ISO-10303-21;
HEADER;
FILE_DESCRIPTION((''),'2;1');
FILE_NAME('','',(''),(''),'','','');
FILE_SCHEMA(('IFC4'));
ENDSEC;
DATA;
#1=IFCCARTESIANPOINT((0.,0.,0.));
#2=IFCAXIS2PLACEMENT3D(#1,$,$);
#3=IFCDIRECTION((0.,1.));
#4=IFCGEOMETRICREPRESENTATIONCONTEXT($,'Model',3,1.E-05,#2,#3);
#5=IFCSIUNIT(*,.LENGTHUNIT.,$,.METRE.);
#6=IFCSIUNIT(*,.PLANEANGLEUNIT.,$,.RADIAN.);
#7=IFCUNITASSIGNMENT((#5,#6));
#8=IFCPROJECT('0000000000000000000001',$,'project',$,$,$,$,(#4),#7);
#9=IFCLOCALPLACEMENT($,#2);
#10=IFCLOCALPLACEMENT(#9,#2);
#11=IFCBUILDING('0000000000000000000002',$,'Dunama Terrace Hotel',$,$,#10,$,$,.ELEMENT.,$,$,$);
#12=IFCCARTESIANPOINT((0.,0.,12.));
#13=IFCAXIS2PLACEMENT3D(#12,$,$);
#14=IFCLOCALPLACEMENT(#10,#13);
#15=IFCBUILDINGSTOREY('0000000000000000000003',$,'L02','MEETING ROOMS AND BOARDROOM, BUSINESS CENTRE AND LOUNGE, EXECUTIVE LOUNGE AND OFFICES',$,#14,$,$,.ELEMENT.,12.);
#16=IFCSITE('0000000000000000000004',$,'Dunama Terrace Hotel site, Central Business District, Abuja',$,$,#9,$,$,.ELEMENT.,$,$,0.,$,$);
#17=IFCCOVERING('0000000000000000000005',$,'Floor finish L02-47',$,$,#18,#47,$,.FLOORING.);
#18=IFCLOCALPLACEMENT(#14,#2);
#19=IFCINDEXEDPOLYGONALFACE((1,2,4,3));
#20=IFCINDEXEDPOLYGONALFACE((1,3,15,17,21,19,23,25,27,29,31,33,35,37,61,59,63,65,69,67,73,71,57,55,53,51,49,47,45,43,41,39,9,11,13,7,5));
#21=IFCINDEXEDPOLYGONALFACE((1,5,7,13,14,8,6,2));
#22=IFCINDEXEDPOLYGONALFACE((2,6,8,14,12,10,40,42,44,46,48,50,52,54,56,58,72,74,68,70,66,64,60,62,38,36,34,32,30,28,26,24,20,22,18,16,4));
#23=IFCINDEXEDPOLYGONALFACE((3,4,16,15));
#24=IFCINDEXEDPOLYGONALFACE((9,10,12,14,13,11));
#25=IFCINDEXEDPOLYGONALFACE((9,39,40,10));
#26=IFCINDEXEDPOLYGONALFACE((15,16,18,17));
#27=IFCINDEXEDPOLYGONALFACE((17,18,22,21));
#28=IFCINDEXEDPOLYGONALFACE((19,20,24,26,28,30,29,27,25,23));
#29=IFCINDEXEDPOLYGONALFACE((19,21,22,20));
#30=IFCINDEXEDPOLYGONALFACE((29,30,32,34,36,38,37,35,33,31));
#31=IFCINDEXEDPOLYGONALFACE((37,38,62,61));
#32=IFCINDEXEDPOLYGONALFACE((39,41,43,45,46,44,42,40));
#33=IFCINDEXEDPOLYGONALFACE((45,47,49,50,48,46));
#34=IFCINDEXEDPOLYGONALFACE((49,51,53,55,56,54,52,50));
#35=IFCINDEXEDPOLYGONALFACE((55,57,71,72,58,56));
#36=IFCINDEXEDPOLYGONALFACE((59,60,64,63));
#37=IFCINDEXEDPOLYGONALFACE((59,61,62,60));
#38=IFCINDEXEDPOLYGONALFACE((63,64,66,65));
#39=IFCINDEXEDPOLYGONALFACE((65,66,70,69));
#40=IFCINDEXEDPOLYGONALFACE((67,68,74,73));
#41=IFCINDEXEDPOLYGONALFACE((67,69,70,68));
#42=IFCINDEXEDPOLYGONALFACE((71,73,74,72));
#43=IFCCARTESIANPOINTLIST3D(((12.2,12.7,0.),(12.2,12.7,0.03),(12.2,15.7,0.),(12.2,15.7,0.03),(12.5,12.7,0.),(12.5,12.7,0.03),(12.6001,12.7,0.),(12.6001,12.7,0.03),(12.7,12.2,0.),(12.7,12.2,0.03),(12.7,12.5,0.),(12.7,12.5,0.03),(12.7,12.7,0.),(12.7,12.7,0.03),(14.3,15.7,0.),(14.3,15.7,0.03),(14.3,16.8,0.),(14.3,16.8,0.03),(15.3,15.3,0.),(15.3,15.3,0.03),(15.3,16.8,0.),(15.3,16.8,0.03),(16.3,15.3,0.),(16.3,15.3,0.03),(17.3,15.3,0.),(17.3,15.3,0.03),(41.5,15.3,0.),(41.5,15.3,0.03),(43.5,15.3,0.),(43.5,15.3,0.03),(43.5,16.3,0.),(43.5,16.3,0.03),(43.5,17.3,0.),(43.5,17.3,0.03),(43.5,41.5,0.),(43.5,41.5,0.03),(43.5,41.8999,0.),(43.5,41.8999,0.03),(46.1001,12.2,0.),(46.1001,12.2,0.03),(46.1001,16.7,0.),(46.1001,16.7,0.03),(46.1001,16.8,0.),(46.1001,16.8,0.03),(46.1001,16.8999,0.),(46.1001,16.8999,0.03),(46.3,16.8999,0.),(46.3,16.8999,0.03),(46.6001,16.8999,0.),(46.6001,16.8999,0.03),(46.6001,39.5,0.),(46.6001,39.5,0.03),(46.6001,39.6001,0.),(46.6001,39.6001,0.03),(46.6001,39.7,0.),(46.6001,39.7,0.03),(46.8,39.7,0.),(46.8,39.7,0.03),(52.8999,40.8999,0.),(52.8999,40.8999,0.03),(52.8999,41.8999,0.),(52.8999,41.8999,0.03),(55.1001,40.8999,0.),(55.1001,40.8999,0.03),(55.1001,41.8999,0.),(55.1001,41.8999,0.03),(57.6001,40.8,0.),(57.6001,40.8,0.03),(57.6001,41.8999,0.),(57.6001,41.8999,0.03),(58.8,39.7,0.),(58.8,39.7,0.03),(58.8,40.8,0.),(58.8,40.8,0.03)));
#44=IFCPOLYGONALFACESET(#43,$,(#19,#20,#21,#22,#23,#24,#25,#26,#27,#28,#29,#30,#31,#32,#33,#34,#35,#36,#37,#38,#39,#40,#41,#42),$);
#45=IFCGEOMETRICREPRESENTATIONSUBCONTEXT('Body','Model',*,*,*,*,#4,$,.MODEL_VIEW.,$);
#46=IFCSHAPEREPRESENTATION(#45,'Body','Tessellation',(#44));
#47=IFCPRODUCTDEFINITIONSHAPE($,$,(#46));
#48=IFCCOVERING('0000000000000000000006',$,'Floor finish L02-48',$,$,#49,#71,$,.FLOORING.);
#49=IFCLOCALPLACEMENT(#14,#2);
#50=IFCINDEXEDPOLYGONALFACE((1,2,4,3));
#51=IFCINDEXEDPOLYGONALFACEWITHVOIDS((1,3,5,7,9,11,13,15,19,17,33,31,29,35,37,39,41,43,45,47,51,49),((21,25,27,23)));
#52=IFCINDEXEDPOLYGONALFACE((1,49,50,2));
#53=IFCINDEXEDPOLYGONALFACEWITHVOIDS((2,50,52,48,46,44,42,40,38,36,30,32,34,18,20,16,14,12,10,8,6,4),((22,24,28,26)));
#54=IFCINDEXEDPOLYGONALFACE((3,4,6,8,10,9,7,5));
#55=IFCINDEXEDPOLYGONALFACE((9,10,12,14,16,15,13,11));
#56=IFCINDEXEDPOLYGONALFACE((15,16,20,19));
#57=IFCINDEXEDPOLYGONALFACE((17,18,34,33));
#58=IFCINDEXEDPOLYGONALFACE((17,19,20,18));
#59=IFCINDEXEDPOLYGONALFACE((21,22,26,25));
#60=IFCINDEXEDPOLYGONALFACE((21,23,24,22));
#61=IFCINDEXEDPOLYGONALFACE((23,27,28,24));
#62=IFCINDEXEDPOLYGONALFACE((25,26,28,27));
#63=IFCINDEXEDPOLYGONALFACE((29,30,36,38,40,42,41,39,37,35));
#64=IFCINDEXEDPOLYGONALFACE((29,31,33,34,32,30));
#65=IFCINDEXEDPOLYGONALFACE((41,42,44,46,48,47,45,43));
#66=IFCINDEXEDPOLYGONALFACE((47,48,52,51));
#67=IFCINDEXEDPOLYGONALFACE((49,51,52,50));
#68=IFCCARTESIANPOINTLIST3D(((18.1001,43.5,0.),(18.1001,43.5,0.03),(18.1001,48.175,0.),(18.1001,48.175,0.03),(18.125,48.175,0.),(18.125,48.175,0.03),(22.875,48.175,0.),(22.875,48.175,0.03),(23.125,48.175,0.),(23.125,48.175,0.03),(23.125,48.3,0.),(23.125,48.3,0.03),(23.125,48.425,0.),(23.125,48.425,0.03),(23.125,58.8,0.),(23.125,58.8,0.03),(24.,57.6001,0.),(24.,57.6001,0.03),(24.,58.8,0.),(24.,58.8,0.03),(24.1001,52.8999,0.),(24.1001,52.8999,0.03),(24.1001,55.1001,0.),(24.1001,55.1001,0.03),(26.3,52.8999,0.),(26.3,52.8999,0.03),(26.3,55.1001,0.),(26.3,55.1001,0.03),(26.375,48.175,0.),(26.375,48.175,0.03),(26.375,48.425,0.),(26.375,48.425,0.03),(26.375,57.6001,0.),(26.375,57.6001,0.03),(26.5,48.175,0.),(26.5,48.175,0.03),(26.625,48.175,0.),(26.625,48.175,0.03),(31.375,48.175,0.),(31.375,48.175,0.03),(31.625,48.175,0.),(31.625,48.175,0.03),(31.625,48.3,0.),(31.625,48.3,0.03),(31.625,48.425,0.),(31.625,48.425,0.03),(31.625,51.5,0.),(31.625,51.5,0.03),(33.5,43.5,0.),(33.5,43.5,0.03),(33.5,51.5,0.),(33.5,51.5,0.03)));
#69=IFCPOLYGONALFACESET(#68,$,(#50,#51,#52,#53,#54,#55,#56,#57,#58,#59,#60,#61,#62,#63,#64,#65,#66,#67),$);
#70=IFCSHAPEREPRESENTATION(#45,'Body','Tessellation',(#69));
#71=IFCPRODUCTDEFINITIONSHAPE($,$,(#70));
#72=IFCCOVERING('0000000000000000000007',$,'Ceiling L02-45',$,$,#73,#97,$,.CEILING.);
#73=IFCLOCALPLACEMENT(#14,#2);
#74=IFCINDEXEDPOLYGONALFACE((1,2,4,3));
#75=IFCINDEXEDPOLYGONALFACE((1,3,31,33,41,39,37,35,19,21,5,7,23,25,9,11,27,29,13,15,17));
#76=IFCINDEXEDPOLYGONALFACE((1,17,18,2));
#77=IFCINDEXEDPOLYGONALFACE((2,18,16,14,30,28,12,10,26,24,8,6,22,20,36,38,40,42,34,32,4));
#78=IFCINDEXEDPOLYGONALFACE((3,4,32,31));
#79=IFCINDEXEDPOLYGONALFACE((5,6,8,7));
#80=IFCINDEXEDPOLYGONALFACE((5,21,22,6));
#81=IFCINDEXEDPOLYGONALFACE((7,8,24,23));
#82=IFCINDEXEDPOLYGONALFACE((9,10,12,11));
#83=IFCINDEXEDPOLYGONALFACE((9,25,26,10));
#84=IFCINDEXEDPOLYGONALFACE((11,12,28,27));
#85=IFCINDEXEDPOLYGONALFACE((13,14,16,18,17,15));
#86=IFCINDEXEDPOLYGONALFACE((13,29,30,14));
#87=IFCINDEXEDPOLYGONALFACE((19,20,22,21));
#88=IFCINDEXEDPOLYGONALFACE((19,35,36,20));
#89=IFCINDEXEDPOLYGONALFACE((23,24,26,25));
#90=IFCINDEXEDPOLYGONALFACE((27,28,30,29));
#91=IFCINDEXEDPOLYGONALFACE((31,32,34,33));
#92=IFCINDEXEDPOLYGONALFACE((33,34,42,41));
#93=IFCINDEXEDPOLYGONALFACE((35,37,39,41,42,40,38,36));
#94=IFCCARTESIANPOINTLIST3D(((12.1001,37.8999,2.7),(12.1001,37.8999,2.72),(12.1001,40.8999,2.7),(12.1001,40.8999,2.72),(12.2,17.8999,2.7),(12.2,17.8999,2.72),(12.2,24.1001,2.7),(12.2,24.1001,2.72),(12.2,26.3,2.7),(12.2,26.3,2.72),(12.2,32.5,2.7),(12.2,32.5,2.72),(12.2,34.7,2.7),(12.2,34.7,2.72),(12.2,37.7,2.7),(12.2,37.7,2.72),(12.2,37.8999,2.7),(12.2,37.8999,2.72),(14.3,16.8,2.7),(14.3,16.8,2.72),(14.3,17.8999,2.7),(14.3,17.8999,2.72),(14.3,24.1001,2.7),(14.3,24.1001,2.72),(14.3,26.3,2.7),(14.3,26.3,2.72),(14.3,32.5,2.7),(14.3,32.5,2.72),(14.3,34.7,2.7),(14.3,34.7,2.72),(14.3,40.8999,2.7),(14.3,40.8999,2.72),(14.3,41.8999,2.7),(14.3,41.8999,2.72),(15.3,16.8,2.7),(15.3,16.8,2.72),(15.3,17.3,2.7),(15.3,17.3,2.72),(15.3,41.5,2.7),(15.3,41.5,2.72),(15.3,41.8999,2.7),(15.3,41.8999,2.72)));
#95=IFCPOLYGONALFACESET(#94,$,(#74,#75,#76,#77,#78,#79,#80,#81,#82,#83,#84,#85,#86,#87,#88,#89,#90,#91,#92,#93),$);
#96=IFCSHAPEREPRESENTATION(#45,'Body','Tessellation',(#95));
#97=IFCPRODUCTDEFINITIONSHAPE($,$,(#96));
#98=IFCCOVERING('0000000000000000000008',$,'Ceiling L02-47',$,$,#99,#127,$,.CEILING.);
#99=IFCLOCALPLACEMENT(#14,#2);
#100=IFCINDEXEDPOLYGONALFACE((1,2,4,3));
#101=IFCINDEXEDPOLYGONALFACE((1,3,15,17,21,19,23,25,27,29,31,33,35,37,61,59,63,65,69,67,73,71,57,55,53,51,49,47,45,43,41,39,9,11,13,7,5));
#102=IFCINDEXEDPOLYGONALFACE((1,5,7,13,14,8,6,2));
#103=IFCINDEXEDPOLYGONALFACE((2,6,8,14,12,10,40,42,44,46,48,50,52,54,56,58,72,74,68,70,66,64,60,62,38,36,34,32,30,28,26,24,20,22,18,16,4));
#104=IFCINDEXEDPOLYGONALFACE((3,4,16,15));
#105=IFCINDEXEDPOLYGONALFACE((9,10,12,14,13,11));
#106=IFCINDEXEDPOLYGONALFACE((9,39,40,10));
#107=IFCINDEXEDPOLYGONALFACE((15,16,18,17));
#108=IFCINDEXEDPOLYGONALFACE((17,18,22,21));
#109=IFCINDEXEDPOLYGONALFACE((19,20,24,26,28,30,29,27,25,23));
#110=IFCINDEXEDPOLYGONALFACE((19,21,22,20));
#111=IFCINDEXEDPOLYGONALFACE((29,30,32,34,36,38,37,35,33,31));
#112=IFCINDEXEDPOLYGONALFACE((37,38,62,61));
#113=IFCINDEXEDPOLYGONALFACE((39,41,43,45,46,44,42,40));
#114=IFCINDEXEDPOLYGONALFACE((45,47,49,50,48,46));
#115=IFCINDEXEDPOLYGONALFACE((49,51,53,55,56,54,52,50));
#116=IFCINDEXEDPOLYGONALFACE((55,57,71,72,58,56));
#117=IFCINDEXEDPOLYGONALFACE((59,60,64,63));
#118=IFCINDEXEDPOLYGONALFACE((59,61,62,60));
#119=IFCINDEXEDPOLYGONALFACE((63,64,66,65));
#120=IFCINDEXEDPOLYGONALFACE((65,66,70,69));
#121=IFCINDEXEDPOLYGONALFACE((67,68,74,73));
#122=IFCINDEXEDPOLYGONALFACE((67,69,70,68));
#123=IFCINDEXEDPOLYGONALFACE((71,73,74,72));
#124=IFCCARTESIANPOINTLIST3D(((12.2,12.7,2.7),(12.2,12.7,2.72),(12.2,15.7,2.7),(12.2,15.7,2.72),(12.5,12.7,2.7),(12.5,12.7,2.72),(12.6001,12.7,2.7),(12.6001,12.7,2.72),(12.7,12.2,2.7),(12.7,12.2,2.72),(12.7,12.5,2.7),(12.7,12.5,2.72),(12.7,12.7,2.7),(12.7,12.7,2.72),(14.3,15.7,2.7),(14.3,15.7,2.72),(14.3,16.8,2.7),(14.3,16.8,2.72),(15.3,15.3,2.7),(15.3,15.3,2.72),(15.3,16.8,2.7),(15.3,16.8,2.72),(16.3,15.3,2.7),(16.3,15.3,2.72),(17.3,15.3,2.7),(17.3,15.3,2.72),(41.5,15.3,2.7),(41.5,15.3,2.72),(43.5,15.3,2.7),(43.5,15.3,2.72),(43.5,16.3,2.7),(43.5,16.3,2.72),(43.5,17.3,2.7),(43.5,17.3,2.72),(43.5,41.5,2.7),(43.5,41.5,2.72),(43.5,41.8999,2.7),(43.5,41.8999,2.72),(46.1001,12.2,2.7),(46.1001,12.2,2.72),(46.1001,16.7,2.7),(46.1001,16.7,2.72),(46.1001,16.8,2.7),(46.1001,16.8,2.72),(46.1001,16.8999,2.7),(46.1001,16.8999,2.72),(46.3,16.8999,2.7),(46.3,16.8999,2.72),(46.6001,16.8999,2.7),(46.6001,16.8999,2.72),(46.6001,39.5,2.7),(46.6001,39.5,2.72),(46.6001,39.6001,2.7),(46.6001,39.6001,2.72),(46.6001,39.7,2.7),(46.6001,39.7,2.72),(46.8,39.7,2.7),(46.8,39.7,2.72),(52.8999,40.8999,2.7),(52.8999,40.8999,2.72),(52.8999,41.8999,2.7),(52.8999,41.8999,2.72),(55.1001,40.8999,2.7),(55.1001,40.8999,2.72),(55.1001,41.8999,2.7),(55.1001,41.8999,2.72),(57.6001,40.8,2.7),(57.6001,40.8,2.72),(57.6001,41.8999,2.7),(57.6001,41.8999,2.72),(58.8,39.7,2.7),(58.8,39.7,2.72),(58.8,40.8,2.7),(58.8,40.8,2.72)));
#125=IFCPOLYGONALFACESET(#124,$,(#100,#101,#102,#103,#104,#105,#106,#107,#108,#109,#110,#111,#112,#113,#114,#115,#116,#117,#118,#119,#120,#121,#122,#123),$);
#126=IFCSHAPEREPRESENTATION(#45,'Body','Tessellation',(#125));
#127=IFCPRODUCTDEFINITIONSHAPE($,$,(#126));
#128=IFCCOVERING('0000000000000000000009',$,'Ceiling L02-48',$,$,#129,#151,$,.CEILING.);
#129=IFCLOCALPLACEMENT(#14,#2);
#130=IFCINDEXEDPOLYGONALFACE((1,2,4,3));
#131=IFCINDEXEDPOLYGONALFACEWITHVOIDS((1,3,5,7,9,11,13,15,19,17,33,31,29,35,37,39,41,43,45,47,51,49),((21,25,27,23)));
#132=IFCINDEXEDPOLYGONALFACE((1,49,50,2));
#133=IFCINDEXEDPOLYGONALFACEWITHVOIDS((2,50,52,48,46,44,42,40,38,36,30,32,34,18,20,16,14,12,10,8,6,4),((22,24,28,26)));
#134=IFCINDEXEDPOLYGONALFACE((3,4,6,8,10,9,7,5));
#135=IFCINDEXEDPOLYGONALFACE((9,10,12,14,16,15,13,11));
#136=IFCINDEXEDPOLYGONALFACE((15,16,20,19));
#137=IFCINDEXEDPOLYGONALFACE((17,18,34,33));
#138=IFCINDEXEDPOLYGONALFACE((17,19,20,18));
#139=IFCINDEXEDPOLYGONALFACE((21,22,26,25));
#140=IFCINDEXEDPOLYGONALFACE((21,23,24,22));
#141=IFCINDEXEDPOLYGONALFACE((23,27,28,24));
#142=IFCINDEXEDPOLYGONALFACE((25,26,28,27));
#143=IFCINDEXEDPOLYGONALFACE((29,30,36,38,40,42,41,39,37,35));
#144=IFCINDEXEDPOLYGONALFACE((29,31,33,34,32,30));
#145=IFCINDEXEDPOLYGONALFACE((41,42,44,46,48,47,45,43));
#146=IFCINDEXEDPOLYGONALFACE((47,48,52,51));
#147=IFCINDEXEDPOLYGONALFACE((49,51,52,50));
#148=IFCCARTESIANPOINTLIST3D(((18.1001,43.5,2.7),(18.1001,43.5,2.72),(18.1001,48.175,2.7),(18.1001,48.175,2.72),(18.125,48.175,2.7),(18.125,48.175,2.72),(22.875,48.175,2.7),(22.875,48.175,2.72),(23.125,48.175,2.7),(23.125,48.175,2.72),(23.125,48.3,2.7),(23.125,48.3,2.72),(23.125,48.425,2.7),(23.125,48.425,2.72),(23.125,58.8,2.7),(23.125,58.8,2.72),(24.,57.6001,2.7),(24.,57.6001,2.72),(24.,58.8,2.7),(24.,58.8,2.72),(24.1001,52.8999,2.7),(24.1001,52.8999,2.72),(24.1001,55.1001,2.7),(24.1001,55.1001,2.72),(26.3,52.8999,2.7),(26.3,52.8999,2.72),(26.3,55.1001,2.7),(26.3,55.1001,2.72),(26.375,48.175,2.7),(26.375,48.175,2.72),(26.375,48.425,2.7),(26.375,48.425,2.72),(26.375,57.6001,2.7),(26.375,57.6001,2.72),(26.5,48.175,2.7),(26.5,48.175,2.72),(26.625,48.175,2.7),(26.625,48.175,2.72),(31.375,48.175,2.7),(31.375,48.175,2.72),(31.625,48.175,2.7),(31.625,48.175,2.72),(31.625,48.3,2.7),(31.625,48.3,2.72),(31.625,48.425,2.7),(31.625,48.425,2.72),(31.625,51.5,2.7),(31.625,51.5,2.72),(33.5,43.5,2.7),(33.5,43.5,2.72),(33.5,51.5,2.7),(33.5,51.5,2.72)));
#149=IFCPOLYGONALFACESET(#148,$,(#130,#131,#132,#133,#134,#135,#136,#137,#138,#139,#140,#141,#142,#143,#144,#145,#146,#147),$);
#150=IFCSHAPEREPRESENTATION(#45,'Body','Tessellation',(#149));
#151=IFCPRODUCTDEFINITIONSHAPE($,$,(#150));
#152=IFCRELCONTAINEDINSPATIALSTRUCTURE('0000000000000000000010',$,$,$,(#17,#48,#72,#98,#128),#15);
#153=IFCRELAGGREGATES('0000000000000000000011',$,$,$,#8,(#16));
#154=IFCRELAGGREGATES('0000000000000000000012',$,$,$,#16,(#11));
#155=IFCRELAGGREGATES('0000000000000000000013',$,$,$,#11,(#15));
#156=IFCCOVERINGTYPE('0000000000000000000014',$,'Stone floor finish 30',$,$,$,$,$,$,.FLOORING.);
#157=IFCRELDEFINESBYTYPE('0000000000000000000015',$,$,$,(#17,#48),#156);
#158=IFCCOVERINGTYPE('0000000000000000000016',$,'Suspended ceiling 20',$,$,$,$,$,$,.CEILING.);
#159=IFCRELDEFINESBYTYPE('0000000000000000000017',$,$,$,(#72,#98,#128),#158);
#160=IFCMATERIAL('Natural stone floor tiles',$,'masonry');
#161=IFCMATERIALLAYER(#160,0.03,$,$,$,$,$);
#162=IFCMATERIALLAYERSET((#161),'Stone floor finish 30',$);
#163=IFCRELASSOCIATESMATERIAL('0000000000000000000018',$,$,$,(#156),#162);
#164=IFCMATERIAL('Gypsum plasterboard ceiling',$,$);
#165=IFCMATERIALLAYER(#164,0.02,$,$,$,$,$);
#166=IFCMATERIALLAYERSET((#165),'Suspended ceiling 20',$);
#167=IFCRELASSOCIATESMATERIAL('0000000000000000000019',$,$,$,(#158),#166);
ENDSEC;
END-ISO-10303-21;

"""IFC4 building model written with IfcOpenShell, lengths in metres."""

from ifc_helpers import new_model, si_unit, direction, frame, origin, place, context, subcontext, project, spatial, polyline, outline, extrude, material, layer, layer_set, type_object, element, save


model = new_model("IFC4")

# Units and contexts
model_context = context("Model", 3, precision=1e-05, world=origin(), true_north=direction((0.0, 1.0)))
body_context = subcontext(model_context, "Body", "Model", "MODEL_VIEW")
ifc_project = project(units=[si_unit("LENGTHUNIT", "METRE"), si_unit("PLANEANGLEUNIT", "RADIAN")], contexts=[model_context])

# Site, building, storey
site_placement = place(None, origin())
site = spatial("IfcSite", under=ifc_project, at=site_placement, Name="Dunama Terrace Hotel site, Central Business District, Abuja", CompositionType="ELEMENT", RefElevation=0.0)
building_placement = place(site_placement, origin())
building = spatial("IfcBuilding", under=site, at=building_placement, Name="Dunama Terrace Hotel", CompositionType="ELEMENT")
storey_placement = place(building_placement, frame((0.0, 0.0, 12.0)))
storey = spatial("IfcBuildingStorey", under=building, at=storey_placement, Name="L02", Description="MEETING ROOMS AND BOARDROOM, BUSINESS CENTRE AND LOUNGE, EXECUTIVE LOUNGE AND OFFICES", CompositionType="ELEMENT", Elevation=12.0)

# Coverings
ifc_material_1 = material(Name="Natural stone floor tiles", Category="masonry")
ifc_layer_1 = layer(ifc_material_1, 0.03)
ifc_layer_set_1 = layer_set([ifc_layer_1], Name="Stone floor finish 30")
covering_type_1 = type_object("IfcCoveringType", Name="Stone floor finish 30", PredefinedType="FLOORING", material=ifc_layer_set_1)
covering_1_placement = place(storey_placement, origin())
element("IfcCovering", 1, at=covering_1_placement, inside=storey, type_object=covering_type_1, Name="Floor finish L02-47", PredefinedType="FLOORING", context=body_context, shape_type="SweptSolid", body=[
    extrude(outline(polyline([(15.3, 16.8), (14.3, 16.8), (14.3, 15.7), (12.2, 15.7), (12.2, 12.7), (12.5, 12.7), (12.6001, 12.7), (12.7, 12.7), (12.7, 12.5), (12.7, 12.2), (46.1001, 12.2), (46.1001, 16.7), (46.1001, 16.8), (46.1001, 16.8999), (46.3, 16.8999), (46.6001, 16.8999), (46.6001, 39.5), (46.6001, 39.6001), (46.6001, 39.7), (46.8, 39.7), (58.8, 39.7), (58.8, 40.8), (57.6001, 40.8), (57.6001, 41.8999), (55.1001, 41.8999), (55.1001, 40.8999), (52.8999, 40.8999), (52.8999, 41.8999), (43.5, 41.8999), (43.5, 41.5), (43.5, 17.3), (43.5, 16.3), (43.5, 15.3), (41.5, 15.3), (17.3, 15.3), (16.3, 15.3), (15.3, 15.3), (15.3, 16.8)])), origin(), (0.0, 0.0, 1.0), 0.03),
])
covering_2_placement = place(storey_placement, origin())
element("IfcCovering", 2, at=covering_2_placement, inside=storey, type_object=covering_type_1, Name="Floor finish L02-48", PredefinedType="FLOORING", context=body_context, shape_type="SweptSolid", body=[
    extrude(outline(polyline([(24.0, 58.8), (23.125, 58.8), (23.125, 48.425), (23.125, 48.3), (23.125, 48.175), (22.875, 48.175), (18.125, 48.175), (18.1001, 48.175), (18.1001, 43.5), (33.5, 43.5), (33.5, 51.5), (31.625, 51.5), (31.625, 48.425), (31.625, 48.3), (31.625, 48.175), (31.375, 48.175), (26.625, 48.175), (26.5, 48.175), (26.375, 48.175), (26.375, 48.425), (26.375, 57.6001), (24.0, 57.6001), (24.0, 58.8)]), holes=[polyline([(26.3, 55.1001), (26.3, 52.8999), (24.1001, 52.8999), (24.1001, 55.1001), (26.3, 55.1001)])]), origin(), (0.0, 0.0, 1.0), 0.03),
])
ifc_material_2 = material(Name="Gypsum plasterboard ceiling")
ifc_layer_2 = layer(ifc_material_2, 0.02)
ifc_layer_set_2 = layer_set([ifc_layer_2], Name="Suspended ceiling 20")
covering_type_2 = type_object("IfcCoveringType", Name="Suspended ceiling 20", PredefinedType="CEILING", material=ifc_layer_set_2)
covering_3_placement = place(storey_placement, frame((0.0, 0.0, 2.7)))
element("IfcCovering", 3, at=covering_3_placement, inside=storey, type_object=covering_type_2, Name="Ceiling L02-45", PredefinedType="CEILING", context=body_context, shape_type="SweptSolid", body=[
    extrude(outline(polyline([(14.3, 17.8999), (14.3, 16.8), (15.3, 16.8), (15.3, 17.3), (15.3, 41.5), (15.3, 41.8999), (14.3, 41.8999), (14.3, 40.8999), (12.1001, 40.8999), (12.1001, 37.8999), (12.2, 37.8999), (12.2, 37.7), (12.2, 34.7), (14.3, 34.7), (14.3, 32.5), (12.2, 32.5), (12.2, 26.3), (14.3, 26.3), (14.3, 24.1001), (12.2, 24.1001), (12.2, 17.8999), (14.3, 17.8999)])), origin(), (0.0, 0.0, 1.0), 0.02),
])
covering_4_placement = place(storey_placement, frame((0.0, 0.0, 2.7)))
element("IfcCovering", 4, at=covering_4_placement, inside=storey, type_object=covering_type_2, Name="Ceiling L02-47", PredefinedType="CEILING", context=body_context, shape_type="SweptSolid", body=[
    extrude(outline(polyline([(15.3, 15.3), (15.3, 16.8), (14.3, 16.8), (14.3, 15.7), (12.2, 15.7), (12.2, 12.7), (12.5, 12.7), (12.6001, 12.7), (12.7, 12.7), (12.7, 12.5), (12.7, 12.2), (46.1001, 12.2), (46.1001, 16.7), (46.1001, 16.8), (46.1001, 16.8999), (46.3, 16.8999), (46.6001, 16.8999), (46.6001, 39.5), (46.6001, 39.6001), (46.6001, 39.7), (46.8, 39.7), (58.8, 39.7), (58.8, 40.8), (57.6001, 40.8), (57.6001, 41.8999), (55.1001, 41.8999), (55.1001, 40.8999), (52.8999, 40.8999), (52.8999, 41.8999), (43.5, 41.8999), (43.5, 41.5), (43.5, 17.3), (43.5, 16.3), (43.5, 15.3), (41.5, 15.3), (17.3, 15.3), (16.3, 15.3), (15.3, 15.3)])), origin(), (0.0, 0.0, 1.0), 0.02),
])
covering_5_placement = place(storey_placement, frame((0.0, 0.0, 2.7)))
element("IfcCovering", 5, at=covering_5_placement, inside=storey, type_object=covering_type_2, Name="Ceiling L02-48", PredefinedType="CEILING", context=body_context, shape_type="SweptSolid", body=[
    extrude(outline(polyline([(24.0, 57.6001), (24.0, 58.8), (23.125, 58.8), (23.125, 48.425), (23.125, 48.3), (23.125, 48.175), (22.875, 48.175), (18.125, 48.175), (18.1001, 48.175), (18.1001, 43.5), (33.5, 43.5), (33.5, 51.5), (31.625, 51.5), (31.625, 48.425), (31.625, 48.3), (31.625, 48.175), (31.375, 48.175), (26.625, 48.175), (26.5, 48.175), (26.375, 48.175), (26.375, 48.425), (26.375, 57.6001), (24.0, 57.6001)]), holes=[polyline([(24.1001, 55.1001), (26.3, 55.1001), (26.3, 52.8999), (24.1001, 52.8999), (24.1001, 55.1001)])]), origin(), (0.0, 0.0, 1.0), 0.02),
])

save(model, "model.ifc")
